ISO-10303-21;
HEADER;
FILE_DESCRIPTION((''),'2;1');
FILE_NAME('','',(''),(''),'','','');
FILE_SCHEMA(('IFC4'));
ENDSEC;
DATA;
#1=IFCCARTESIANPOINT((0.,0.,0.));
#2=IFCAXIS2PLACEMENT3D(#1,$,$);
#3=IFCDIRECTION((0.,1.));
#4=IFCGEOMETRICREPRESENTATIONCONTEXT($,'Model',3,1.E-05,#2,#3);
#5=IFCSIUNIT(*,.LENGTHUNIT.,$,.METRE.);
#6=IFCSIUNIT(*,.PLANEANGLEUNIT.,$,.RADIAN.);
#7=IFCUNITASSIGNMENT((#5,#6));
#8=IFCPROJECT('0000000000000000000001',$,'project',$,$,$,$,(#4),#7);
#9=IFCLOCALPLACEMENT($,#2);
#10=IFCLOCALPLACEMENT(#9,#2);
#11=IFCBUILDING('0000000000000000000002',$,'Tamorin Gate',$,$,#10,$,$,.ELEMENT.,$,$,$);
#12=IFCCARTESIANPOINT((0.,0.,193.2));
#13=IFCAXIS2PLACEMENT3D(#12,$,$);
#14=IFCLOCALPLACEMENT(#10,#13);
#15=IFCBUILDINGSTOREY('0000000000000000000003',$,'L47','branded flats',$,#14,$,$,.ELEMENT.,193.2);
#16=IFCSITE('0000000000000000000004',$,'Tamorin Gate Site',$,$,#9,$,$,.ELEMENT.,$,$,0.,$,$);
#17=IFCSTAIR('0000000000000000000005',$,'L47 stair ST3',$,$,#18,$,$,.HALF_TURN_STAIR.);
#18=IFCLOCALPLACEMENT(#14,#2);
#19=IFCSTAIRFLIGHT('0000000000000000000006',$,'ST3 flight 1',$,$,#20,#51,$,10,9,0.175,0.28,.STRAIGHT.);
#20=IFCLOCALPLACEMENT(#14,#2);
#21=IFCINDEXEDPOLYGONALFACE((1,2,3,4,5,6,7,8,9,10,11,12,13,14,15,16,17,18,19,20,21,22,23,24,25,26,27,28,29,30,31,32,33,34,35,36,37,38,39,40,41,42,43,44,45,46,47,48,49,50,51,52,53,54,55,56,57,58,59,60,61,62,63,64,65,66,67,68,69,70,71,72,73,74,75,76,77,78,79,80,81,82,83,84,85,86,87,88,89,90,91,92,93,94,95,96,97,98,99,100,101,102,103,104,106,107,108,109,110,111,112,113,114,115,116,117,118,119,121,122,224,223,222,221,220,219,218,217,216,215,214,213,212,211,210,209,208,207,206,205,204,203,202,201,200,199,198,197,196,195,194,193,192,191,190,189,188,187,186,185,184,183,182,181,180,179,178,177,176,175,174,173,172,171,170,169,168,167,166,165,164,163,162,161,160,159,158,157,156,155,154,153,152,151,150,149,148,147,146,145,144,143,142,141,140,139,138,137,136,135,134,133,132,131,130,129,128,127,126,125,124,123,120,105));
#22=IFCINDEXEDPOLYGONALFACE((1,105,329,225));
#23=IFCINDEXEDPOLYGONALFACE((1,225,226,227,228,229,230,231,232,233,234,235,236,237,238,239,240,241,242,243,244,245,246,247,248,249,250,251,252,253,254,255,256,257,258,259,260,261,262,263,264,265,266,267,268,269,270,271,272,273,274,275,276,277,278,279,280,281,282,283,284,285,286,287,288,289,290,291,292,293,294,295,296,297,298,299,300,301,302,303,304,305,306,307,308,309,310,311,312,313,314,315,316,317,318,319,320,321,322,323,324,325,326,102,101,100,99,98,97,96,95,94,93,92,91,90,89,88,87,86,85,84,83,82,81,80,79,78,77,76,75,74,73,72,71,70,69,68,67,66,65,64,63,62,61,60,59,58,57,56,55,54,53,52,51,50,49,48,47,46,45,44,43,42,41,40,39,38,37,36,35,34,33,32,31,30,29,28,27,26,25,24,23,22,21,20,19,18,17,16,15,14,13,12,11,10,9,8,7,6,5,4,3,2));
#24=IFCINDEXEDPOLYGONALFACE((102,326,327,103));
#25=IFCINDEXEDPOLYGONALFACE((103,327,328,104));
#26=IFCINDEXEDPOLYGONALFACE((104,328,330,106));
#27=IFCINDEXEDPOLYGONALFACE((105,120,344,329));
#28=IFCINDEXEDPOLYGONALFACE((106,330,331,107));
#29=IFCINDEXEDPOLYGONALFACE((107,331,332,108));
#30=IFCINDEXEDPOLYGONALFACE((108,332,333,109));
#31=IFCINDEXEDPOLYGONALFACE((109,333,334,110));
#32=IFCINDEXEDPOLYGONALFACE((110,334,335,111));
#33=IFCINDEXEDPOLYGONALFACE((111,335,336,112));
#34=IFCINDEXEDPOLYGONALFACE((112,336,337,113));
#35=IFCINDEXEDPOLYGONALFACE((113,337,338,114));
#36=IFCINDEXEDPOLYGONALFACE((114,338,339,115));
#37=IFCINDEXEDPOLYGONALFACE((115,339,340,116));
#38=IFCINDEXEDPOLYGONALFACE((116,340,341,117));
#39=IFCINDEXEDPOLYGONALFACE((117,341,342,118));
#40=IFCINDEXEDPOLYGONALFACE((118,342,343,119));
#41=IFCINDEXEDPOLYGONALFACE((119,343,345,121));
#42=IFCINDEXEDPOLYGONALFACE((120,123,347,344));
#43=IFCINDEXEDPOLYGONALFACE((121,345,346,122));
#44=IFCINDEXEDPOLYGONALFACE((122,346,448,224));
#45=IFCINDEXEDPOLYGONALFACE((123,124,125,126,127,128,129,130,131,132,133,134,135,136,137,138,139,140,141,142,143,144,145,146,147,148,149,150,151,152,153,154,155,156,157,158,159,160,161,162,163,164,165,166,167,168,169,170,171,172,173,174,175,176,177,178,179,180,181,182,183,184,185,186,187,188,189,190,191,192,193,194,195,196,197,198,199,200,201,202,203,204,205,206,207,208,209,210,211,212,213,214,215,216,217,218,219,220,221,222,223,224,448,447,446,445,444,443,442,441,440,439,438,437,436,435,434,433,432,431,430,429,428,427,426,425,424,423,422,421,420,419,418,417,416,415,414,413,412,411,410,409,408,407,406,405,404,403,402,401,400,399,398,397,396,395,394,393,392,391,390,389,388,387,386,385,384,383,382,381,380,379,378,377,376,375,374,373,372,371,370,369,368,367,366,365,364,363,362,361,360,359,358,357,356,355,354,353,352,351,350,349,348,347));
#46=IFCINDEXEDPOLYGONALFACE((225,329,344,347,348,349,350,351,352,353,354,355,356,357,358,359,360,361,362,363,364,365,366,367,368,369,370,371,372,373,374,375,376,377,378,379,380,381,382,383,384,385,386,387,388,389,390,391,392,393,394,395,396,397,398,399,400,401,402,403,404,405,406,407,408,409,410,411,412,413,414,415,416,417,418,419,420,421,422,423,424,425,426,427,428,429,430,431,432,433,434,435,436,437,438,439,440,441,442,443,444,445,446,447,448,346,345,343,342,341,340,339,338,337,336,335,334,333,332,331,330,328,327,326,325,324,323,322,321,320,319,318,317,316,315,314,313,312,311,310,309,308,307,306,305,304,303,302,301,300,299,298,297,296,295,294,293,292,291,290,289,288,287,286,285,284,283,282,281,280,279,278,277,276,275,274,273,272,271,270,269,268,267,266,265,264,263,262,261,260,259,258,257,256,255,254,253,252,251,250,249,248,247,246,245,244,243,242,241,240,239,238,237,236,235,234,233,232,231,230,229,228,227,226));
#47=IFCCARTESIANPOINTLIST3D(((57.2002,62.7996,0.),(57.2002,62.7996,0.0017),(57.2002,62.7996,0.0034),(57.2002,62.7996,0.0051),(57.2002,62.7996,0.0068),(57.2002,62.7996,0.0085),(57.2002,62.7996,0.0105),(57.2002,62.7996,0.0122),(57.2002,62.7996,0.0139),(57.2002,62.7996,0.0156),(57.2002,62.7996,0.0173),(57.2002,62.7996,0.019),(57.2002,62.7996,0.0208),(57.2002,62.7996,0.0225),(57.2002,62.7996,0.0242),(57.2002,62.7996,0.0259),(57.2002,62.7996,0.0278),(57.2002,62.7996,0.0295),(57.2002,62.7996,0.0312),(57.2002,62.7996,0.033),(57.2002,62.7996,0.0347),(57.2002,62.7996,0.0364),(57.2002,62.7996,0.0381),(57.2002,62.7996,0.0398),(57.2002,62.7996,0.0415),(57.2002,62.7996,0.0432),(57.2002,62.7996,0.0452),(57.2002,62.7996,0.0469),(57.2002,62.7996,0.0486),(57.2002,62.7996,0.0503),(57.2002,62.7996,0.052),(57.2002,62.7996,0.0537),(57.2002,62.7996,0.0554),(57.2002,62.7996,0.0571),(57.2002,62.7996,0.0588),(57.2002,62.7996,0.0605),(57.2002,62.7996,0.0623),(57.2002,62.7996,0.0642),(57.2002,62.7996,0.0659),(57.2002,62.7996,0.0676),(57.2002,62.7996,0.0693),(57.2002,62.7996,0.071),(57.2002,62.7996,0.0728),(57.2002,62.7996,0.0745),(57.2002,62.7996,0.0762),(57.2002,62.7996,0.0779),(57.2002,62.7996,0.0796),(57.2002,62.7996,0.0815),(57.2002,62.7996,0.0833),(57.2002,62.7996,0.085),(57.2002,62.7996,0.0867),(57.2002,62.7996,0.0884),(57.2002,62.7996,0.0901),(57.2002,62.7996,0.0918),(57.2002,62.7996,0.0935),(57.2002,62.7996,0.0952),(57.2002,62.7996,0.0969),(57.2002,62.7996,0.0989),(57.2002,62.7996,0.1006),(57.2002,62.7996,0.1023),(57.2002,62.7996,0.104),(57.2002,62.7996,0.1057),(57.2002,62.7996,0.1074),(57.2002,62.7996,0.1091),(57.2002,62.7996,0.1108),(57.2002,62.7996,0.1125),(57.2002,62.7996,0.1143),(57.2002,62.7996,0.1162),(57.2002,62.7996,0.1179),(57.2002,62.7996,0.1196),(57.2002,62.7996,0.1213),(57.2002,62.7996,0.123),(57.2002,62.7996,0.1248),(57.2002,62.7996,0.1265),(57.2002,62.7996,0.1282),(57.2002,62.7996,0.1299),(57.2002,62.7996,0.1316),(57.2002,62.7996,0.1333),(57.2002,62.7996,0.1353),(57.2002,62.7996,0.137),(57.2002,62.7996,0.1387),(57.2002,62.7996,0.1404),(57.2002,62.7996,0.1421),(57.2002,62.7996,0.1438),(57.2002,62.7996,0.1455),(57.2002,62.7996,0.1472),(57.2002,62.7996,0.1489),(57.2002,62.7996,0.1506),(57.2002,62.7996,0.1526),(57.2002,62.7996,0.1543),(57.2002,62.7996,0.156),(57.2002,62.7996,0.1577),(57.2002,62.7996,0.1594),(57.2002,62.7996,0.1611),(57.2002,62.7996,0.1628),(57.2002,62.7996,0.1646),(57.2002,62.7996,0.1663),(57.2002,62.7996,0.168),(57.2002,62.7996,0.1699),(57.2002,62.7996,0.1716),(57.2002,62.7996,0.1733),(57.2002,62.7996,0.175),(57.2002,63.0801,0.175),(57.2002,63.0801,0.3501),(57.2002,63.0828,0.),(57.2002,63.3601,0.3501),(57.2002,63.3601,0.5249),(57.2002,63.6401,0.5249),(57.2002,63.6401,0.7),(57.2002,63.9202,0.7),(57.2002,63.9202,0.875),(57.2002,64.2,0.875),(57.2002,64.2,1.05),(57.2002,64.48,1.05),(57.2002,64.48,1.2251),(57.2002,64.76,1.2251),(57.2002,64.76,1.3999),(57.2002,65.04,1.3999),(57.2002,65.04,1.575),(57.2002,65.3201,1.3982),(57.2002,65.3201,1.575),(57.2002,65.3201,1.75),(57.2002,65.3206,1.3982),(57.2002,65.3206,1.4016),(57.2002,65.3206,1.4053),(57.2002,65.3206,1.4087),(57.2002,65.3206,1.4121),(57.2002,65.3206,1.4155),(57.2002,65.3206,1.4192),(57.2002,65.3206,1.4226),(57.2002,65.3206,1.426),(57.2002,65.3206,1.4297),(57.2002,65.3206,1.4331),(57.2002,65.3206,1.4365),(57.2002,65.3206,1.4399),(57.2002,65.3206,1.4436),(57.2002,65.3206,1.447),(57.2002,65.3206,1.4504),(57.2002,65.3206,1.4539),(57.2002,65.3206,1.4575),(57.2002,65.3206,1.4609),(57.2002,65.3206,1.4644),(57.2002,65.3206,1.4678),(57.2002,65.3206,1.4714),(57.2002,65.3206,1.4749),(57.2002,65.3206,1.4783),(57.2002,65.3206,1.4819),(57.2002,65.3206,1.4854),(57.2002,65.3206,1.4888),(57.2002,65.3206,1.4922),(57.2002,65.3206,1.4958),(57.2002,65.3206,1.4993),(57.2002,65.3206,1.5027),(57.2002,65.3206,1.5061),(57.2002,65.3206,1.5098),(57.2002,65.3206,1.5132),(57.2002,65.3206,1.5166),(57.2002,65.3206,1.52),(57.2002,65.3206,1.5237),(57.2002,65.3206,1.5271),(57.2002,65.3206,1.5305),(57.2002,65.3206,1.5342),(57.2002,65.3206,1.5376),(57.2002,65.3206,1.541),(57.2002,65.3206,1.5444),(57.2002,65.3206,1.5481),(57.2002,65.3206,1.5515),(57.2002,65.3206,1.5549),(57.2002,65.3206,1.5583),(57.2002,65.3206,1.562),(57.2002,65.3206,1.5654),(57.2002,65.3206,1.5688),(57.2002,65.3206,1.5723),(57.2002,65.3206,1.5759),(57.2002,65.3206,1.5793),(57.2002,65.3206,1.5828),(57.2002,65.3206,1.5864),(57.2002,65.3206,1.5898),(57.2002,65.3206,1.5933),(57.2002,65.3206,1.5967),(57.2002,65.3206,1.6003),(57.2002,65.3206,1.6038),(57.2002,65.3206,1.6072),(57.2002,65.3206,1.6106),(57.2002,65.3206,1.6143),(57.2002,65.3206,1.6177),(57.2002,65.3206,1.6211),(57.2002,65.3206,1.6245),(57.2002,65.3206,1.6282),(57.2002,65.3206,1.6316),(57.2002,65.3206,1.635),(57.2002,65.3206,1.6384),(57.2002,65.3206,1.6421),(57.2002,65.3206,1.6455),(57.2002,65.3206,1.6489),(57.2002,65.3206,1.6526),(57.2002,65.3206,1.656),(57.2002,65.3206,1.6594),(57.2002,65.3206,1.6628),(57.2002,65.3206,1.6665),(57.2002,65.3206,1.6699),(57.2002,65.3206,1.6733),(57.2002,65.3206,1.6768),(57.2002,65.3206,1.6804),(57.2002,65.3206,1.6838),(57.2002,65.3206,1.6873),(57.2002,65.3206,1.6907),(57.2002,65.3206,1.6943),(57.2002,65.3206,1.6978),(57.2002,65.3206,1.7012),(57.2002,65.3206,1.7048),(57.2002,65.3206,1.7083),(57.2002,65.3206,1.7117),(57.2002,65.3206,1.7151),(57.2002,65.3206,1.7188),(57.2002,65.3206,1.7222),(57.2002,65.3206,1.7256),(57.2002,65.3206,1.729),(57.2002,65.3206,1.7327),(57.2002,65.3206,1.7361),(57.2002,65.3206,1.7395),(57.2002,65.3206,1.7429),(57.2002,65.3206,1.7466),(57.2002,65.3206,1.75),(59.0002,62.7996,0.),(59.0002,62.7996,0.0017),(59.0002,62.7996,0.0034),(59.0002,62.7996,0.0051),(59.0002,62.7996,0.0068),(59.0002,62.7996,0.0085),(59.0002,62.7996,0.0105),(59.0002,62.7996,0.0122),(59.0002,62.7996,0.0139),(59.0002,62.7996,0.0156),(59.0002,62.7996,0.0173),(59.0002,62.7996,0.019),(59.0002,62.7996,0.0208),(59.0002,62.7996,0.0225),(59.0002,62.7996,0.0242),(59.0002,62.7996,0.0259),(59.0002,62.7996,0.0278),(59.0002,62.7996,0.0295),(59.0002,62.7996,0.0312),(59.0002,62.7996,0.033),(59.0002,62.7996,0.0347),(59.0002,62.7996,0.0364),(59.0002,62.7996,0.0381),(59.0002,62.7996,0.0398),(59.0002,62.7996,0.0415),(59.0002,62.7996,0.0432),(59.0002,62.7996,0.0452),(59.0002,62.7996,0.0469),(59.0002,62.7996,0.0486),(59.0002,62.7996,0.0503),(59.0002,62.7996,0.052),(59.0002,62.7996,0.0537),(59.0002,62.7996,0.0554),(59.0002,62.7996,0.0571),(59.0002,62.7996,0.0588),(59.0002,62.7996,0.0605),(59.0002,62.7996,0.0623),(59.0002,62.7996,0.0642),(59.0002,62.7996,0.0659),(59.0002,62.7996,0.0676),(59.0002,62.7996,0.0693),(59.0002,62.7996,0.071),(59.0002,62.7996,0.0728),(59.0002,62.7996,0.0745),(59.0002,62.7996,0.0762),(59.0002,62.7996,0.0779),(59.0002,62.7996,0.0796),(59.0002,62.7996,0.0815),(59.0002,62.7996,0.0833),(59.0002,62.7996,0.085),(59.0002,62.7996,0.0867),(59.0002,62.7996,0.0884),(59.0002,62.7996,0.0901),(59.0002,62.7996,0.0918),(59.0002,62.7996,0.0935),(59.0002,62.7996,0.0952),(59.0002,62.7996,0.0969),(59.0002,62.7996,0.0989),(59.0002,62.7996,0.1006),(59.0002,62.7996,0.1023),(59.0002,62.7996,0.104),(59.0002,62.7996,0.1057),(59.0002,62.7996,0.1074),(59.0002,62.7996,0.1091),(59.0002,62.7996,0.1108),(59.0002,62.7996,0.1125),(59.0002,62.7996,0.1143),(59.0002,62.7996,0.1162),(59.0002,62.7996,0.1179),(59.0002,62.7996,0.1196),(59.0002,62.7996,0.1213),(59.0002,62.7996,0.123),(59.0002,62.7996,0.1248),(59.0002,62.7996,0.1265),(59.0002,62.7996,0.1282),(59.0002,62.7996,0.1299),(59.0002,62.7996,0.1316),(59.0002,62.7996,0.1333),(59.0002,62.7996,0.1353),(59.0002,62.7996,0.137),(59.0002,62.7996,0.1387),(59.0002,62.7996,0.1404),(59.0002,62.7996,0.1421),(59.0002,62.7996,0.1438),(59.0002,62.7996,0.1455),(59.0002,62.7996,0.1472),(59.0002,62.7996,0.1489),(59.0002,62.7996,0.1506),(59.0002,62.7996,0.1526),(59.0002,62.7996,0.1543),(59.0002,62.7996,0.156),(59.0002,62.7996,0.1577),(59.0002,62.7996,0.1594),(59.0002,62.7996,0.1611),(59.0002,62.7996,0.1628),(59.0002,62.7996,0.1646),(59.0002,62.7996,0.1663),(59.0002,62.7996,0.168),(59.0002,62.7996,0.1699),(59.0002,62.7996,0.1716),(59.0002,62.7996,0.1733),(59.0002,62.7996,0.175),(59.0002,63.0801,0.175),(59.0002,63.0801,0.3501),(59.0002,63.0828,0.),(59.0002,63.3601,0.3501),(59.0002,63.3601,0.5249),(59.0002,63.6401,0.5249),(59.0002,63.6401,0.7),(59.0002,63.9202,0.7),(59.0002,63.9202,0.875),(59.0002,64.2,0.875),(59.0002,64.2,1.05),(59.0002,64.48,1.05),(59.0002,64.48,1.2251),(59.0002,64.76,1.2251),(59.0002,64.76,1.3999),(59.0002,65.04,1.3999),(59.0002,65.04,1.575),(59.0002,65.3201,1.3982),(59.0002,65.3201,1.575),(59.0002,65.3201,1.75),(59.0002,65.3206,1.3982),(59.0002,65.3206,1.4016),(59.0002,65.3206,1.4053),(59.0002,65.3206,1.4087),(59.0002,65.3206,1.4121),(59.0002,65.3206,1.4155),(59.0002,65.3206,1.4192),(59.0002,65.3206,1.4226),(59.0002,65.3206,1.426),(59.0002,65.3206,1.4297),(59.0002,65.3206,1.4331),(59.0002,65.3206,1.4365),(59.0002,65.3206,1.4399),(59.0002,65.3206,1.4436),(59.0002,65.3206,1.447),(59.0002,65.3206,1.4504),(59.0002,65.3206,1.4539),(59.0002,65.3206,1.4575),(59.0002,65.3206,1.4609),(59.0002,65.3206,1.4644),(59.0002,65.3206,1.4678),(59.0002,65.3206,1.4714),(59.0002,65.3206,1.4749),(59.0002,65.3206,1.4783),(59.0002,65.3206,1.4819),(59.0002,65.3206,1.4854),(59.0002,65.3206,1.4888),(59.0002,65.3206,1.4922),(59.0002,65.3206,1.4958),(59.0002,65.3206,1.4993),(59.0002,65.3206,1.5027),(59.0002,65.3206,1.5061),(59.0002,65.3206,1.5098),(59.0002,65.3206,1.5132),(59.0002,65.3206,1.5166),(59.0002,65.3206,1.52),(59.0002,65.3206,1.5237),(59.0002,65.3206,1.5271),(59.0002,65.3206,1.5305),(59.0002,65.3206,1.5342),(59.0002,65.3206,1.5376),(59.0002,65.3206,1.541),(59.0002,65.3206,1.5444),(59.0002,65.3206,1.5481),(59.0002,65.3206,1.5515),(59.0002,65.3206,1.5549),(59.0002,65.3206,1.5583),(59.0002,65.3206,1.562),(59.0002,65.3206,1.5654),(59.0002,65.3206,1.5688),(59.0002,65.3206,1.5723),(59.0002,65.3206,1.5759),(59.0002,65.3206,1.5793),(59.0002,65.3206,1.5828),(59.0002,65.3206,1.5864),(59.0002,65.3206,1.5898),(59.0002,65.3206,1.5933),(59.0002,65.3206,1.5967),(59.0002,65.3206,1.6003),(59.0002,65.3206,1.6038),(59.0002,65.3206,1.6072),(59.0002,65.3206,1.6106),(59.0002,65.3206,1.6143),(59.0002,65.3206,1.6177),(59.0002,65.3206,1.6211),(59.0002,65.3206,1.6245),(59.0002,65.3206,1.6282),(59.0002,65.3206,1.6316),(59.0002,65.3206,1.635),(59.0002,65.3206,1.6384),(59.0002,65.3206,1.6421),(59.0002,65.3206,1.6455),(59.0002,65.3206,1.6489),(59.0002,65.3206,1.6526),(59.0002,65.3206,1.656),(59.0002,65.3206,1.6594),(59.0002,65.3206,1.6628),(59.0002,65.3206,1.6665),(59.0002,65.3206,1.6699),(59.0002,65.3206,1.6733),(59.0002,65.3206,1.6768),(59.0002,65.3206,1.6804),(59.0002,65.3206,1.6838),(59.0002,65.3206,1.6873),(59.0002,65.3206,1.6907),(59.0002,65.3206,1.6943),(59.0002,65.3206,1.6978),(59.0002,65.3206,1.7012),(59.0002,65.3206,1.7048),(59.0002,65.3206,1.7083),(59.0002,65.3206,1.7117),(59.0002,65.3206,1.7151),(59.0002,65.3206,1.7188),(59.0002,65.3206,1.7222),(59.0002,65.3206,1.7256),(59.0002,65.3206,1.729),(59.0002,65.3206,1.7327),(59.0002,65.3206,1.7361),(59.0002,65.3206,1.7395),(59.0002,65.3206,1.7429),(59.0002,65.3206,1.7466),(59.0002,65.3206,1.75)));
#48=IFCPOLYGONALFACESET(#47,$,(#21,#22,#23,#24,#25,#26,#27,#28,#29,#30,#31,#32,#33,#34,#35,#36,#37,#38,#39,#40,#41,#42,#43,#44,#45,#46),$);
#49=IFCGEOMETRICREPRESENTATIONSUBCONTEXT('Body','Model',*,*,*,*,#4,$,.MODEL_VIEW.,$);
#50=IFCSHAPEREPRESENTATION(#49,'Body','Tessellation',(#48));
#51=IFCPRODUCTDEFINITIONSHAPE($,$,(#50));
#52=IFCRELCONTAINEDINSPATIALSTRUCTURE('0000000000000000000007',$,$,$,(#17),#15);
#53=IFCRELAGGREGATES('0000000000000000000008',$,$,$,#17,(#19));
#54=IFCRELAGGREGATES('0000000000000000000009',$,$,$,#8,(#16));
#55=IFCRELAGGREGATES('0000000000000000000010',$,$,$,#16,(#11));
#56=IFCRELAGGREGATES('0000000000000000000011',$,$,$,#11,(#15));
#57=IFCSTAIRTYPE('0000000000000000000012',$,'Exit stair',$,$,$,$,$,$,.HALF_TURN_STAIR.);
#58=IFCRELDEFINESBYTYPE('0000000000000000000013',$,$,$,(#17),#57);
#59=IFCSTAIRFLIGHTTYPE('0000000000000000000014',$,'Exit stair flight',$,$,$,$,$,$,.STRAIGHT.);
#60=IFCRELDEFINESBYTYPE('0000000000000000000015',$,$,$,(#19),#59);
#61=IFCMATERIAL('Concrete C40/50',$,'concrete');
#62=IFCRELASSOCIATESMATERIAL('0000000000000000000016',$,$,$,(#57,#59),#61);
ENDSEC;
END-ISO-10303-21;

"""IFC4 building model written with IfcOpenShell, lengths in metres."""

from ifc_helpers import new_model, si_unit, direction, frame, origin, place, context, subcontext, project, spatial, polyline, outline, extrude, material, type_object, element, aggregate, save


model = new_model("IFC4")

# Units and contexts
model_context = context("Model", 3, precision=1e-05, world=origin(), true_north=direction((0.0, 1.0)))
body_context = subcontext(model_context, "Body", "Model", "MODEL_VIEW")
ifc_project = project(units=[si_unit("LENGTHUNIT", "METRE"), si_unit("PLANEANGLEUNIT", "RADIAN")], contexts=[model_context])

# Site, building, storey
site_placement = place(None, origin())
site = spatial("IfcSite", under=ifc_project, at=site_placement, Name="Tamorin Gate Site", CompositionType="ELEMENT", RefElevation=0.0)
building_placement = place(site_placement, origin())
building = spatial("IfcBuilding", under=site, at=building_placement, Name="Tamorin Gate", CompositionType="ELEMENT")
storey_placement = place(building_placement, frame((0.0, 0.0, 193.2)))
storey = spatial("IfcBuildingStorey", under=building, at=storey_placement, Name="L47", Description="branded flats", CompositionType="ELEMENT", Elevation=193.2)

# Shared definitions
ifc_material_1 = material(Name="Concrete C40/50", Category="concrete")

# Stair, stair flight
stair_type = type_object("IfcStairType", Name="Exit stair", PredefinedType="HALF_TURN_STAIR", material=ifc_material_1)
stair_placement = place(storey_placement, origin())
stair = element("IfcStair", 1, at=stair_placement, inside=storey, type_object=stair_type, Name="L47 stair ST3", PredefinedType="HALF_TURN_STAIR")
stair_flight_type = type_object("IfcStairFlightType", Name="Exit stair flight", PredefinedType="STRAIGHT", material=ifc_material_1)
stair_flight_1_placement = place(storey_placement, frame((58.1001, 62.8, 0.0), z_axis=(0.0, 0.0, 1.0), x_axis=(0.0, 1.0, 0.0)))
stair_flight_1 = element("IfcStairFlight", 2, at=stair_flight_1_placement, type_object=stair_flight_type, Name="ST3 flight 1", NumberOfRisers=10, NumberOfTreads=9, PredefinedType="STRAIGHT", RiserHeight=0.175, TreadLength=0.28, context=body_context, shape_type="SweptSolid", body=[
    extrude(outline(polyline([(-0.0005, 0.0), (-0.0005, 0.0017), (-0.0005, 0.0034), (-0.0005, 0.0051), (-0.0005, 0.0068), (-0.0005, 0.0085), (-0.0005, 0.0105), (-0.0005, 0.0122), (-0.0005, 0.0139), (-0.0005, 0.0156), (-0.0005, 0.0173), (-0.0005, 0.019), (-0.0005, 0.0208), (-0.0005, 0.0225), (-0.0005, 0.0242), (-0.0005, 0.0259), (-0.0005, 0.0278), (-0.0005, 0.0295), (-0.0005, 0.0312), (-0.0005, 0.033), (-0.0005, 0.0347), (-0.0005, 0.0364), (-0.0005, 0.0381), (-0.0005, 0.0398), (-0.0005, 0.0415), (-0.0005, 0.0432), (-0.0005, 0.0452), (-0.0005, 0.0469), (-0.0005, 0.0486), (-0.0005, 0.0503), (-0.0005, 0.052), (-0.0005, 0.0537), (-0.0005, 0.0554), (-0.0005, 0.0571), (-0.0005, 0.0588), (-0.0005, 0.0605), (-0.0005, 0.0623), (-0.0005, 0.0642), (-0.0005, 0.0659), (-0.0005, 0.0676), (-0.0005, 0.0693), (-0.0005, 0.071), (-0.0005, 0.0728), (-0.0005, 0.0745), (-0.0005, 0.0762), (-0.0005, 0.0779), (-0.0005, 0.0796), (-0.0005, 0.0815), (-0.0005, 0.0833), (-0.0005, 0.085), (-0.0005, 0.0867), (-0.0005, 0.0884), (-0.0005, 0.0901), (-0.0005, 0.0918), (-0.0005, 0.0935), (-0.0005, 0.0952), (-0.0005, 0.0969), (-0.0005, 0.0989), (-0.0005, 0.1006), (-0.0005, 0.1023), (-0.0005, 0.104), (-0.0005, 0.1057), (-0.0005, 0.1074), (-0.0005, 0.1091), (-0.0005, 0.1108), (-0.0005, 0.1125), (-0.0005, 0.1143), (-0.0005, 0.1162), (-0.0005, 0.1179), (-0.0005, 0.1196), (-0.0005, 0.1213), (-0.0005, 0.123), (-0.0005, 0.1248), (-0.0005, 0.1265), (-0.0005, 0.1282), (-0.0005, 0.1299), (-0.0005, 0.1316), (-0.0005, 0.1333), (-0.0005, 0.1353), (-0.0005, 0.137), (-0.0005, 0.1387), (-0.0005, 0.1404), (-0.0005, 0.1421), (-0.0005, 0.1438), (-0.0005, 0.1455), (-0.0005, 0.1472), (-0.0005, 0.1489), (-0.0005, 0.1506), (-0.0005, 0.1526), (-0.0005, 0.1543), (-0.0005, 0.156), (-0.0005, 0.1577), (-0.0005, 0.1594), (-0.0005, 0.1611), (-0.0005, 0.1628), (-0.0005, 0.1646), (-0.0005, 0.1663), (-0.0005, 0.168), (-0.0005, 0.1699), (-0.0005, 0.1716), (-0.0005, 0.1733), (-0.0005, 0.175), (0.28, 0.175), (0.28, 0.3501), (0.5601, 0.3501), (0.5601, 0.5249), (0.8401, 0.5249), (0.8401, 0.7), (1.1201, 0.7), (1.1201, 0.875), (1.3999, 0.875), (1.3999, 1.05), (1.6799, 1.05), (1.6799, 1.2251), (1.96, 1.2251), (1.96, 1.3999), (2.24, 1.3999), (2.24, 1.575), (2.52, 1.575), (2.52, 1.75), (2.5205, 1.75), (2.5205, 1.7466), (2.5205, 1.7429), (2.5205, 1.7395), (2.5205, 1.7361), (2.5205, 1.7327), (2.5205, 1.729), (2.5205, 1.7256), (2.5205, 1.7222), (2.5205, 1.7188), (2.5205, 1.7151), (2.5205, 1.7117), (2.5205, 1.7083), (2.5205, 1.7048), (2.5205, 1.7012), (2.5205, 1.6978), (2.5205, 1.6943), (2.5205, 1.6907), (2.5205, 1.6873), (2.5205, 1.6838), (2.5205, 1.6804), (2.5205, 1.6768), (2.5205, 1.6733), (2.5205, 1.6699), (2.5205, 1.6665), (2.5205, 1.6628), (2.5205, 1.6594), (2.5205, 1.656), (2.5205, 1.6526), (2.5205, 1.6489), (2.5205, 1.6455), (2.5205, 1.6421), (2.5205, 1.6384), (2.5205, 1.635), (2.5205, 1.6316), (2.5205, 1.6282), (2.5205, 1.6245), (2.5205, 1.6211), (2.5205, 1.6177), (2.5205, 1.6143), (2.5205, 1.6106), (2.5205, 1.6072), (2.5205, 1.6038), (2.5205, 1.6003), (2.5205, 1.5967), (2.5205, 1.5933), (2.5205, 1.5898), (2.5205, 1.5864), (2.5205, 1.5828), (2.5205, 1.5793), (2.5205, 1.5759), (2.5205, 1.5723), (2.5205, 1.5688), (2.5205, 1.5654), (2.5205, 1.562), (2.5205, 1.5583), (2.5205, 1.5549), (2.5205, 1.5515), (2.5205, 1.5481), (2.5205, 1.5444), (2.5205, 1.541), (2.5205, 1.5376), (2.5205, 1.5342), (2.5205, 1.5305), (2.5205, 1.5271), (2.5205, 1.5237), (2.5205, 1.52), (2.5205, 1.5166), (2.5205, 1.5132), (2.5205, 1.5098), (2.5205, 1.5061), (2.5205, 1.5027), (2.5205, 1.4993), (2.5205, 1.4958), (2.5205, 1.4922), (2.5205, 1.4888), (2.5205, 1.4854), (2.5205, 1.4819), (2.5205, 1.4783), (2.5205, 1.4749), (2.5205, 1.4714), (2.5205, 1.4678), (2.5205, 1.4644), (2.5205, 1.4609), (2.5205, 1.4575), (2.5205, 1.4539), (2.5205, 1.4504), (2.5205, 1.447), (2.5205, 1.4436), (2.5205, 1.4399), (2.5205, 1.4365), (2.5205, 1.4331), (2.5205, 1.4297), (2.5205, 1.426), (2.5205, 1.4226), (2.5205, 1.4192), (2.5205, 1.4155), (2.5205, 1.4121), (2.5205, 1.4087), (2.5205, 1.4053), (2.5205, 1.4016), (2.5205, 1.3982), (2.52, 1.3982), (0.2827, 0.0), (-0.0005, 0.0)])), frame((0.0, 0.8999, 0.0), z_axis=(0.0, -1.0, 0.0), x_axis=(1.0, 0.0, 0.0)), (0.0, 0.0, 1.0), 1.8),
])
aggregate(stair, [stair_flight_1])

save(model, "model.ifc")
